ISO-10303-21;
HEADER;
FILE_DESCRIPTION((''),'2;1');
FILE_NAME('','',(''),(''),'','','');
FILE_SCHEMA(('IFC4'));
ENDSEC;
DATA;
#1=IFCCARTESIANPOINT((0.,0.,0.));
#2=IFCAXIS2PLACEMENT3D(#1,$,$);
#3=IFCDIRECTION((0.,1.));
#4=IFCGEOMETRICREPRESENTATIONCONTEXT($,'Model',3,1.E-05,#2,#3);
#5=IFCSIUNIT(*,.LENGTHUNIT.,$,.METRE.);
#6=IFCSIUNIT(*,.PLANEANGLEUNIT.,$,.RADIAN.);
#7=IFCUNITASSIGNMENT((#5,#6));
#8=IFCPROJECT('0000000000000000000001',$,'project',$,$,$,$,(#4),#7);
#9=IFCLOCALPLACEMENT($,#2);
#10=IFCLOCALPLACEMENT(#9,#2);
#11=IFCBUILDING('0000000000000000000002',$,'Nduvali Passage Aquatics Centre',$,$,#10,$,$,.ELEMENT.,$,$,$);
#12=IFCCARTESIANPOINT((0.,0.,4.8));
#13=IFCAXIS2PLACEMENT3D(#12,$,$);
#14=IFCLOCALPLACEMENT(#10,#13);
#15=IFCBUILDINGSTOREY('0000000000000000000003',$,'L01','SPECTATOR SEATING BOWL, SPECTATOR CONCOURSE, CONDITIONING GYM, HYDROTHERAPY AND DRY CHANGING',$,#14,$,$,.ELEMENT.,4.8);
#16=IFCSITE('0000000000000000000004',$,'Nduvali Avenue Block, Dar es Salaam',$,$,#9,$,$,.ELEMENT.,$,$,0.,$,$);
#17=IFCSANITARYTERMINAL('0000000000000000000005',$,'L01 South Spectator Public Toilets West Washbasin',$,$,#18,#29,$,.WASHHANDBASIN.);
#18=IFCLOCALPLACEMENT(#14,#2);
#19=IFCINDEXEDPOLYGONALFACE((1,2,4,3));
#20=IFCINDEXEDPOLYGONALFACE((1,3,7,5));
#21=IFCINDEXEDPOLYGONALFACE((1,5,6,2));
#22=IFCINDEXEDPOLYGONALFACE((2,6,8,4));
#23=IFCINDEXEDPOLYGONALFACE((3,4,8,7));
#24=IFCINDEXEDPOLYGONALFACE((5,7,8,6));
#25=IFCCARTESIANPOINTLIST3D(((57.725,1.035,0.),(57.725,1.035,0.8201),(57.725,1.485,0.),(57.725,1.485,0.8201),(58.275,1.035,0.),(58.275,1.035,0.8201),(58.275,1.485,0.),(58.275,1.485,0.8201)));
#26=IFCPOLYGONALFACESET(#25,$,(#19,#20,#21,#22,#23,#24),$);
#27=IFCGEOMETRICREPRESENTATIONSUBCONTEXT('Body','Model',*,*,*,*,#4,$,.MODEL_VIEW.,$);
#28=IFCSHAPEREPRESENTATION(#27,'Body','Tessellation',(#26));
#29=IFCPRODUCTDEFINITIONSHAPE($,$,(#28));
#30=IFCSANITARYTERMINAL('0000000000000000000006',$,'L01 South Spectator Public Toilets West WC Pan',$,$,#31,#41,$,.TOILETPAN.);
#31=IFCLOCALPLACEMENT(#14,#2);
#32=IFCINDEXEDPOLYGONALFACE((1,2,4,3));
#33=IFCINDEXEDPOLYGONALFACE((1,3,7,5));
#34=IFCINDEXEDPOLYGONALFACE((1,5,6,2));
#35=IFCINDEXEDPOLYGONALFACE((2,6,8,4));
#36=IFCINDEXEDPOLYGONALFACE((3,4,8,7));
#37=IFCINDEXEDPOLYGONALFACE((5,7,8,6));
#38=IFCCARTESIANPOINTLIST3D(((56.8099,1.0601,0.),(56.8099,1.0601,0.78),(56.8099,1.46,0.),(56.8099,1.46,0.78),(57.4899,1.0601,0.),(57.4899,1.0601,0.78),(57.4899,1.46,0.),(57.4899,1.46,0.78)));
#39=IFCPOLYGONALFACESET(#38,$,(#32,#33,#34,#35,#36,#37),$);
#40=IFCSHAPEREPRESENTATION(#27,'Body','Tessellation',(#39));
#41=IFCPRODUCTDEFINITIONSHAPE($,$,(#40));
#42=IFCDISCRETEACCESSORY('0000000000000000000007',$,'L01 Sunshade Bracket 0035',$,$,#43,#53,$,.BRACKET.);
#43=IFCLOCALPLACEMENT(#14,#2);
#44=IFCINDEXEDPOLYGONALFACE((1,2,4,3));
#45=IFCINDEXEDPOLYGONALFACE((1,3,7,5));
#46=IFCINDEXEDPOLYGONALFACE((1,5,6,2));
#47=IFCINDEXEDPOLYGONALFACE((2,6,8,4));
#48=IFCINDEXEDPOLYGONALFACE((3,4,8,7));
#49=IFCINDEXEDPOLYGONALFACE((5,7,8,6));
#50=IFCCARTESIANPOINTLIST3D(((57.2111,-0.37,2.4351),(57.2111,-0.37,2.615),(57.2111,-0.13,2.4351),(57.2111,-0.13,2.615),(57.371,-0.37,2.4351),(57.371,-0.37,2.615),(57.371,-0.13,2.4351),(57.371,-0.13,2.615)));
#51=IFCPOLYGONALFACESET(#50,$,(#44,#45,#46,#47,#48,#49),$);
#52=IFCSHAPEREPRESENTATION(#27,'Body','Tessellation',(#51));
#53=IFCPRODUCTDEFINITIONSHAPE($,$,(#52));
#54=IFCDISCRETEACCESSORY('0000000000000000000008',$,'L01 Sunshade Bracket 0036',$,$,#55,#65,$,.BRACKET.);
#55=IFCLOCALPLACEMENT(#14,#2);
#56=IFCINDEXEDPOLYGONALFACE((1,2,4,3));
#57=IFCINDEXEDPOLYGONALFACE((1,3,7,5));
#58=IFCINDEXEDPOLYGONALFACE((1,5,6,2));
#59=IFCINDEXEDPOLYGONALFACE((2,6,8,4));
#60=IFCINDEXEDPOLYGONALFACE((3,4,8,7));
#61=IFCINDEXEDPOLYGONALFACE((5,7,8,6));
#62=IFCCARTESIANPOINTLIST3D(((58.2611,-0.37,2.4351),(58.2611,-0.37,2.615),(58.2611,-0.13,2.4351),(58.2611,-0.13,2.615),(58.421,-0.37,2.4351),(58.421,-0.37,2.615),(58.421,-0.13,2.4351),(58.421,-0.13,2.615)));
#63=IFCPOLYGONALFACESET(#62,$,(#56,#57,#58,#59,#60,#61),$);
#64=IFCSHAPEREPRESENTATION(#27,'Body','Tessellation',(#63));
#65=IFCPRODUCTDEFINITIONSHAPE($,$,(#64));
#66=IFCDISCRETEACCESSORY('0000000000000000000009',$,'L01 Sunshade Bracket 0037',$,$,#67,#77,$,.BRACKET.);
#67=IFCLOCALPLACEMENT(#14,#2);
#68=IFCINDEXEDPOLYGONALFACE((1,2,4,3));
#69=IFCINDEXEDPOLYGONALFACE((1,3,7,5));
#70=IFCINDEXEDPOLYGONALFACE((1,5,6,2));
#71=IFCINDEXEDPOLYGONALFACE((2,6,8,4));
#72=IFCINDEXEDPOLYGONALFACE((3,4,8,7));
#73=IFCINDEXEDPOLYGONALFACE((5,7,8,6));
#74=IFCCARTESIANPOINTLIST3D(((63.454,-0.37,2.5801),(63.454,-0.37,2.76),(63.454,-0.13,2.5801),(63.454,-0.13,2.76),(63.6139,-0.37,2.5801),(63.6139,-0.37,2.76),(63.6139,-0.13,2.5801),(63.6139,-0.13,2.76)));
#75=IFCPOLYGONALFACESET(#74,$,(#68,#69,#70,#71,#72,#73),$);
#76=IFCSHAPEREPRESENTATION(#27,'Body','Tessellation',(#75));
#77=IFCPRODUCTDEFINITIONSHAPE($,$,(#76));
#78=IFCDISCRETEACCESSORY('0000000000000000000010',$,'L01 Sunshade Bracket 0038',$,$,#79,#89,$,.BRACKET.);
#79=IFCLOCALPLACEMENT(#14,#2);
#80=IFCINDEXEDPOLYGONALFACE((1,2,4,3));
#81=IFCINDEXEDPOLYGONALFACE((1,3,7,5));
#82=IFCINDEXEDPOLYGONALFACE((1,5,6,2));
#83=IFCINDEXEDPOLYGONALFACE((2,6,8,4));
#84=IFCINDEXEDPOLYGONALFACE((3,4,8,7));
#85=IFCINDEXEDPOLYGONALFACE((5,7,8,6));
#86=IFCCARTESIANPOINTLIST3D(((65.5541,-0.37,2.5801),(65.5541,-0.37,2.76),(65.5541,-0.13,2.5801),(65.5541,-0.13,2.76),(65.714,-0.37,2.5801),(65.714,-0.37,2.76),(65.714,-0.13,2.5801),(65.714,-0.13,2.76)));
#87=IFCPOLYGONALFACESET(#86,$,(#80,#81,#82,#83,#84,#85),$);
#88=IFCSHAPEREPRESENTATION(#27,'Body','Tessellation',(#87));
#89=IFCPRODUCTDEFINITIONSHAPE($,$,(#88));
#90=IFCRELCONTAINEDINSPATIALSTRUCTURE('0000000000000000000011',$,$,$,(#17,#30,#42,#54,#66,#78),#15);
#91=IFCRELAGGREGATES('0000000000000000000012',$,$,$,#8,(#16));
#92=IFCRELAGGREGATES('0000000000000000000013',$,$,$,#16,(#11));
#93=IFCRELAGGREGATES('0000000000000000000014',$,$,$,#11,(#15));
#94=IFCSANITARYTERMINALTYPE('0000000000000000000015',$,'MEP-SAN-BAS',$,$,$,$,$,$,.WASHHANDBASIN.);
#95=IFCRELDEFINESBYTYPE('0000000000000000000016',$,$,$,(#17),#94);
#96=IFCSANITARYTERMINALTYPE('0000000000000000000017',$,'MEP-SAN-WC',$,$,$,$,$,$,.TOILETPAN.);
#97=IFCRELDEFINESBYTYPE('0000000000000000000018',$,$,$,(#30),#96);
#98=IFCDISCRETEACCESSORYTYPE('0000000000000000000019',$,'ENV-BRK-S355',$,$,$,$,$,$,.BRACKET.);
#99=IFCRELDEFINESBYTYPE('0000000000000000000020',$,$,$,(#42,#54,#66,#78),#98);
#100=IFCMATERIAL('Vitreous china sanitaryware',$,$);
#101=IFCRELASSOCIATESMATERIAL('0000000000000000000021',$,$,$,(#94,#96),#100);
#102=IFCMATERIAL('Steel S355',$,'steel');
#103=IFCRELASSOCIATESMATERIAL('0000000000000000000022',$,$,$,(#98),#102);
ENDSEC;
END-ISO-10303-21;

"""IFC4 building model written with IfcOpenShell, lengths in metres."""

from ifc_helpers import new_model, si_unit, direction, frame, origin, origin_2d, place, context, subcontext, project, spatial, rectangle, extrude, material, type_object, element, save


model = new_model("IFC4")

# Units and contexts
model_context = context("Model", 3, precision=1e-05, world=origin(), true_north=direction((0.0, 1.0)))
body_context = subcontext(model_context, "Body", "Model", "MODEL_VIEW")
ifc_project = project(units=[si_unit("LENGTHUNIT", "METRE"), si_unit("PLANEANGLEUNIT", "RADIAN")], contexts=[model_context])

# Site, building, storey
site_placement = place(None, origin())
site = spatial("IfcSite", under=ifc_project, at=site_placement, Name="Nduvali Avenue Block, Dar es Salaam", CompositionType="ELEMENT", RefElevation=0.0)
building_placement = place(site_placement, origin())
building = spatial("IfcBuilding", under=site, at=building_placement, Name="Nduvali Passage Aquatics Centre", CompositionType="ELEMENT")
storey_placement = place(building_placement, frame((0.0, 0.0, 4.8)))
storey = spatial("IfcBuildingStorey", under=building, at=storey_placement, Name="L01", Description="SPECTATOR SEATING BOWL, SPECTATOR CONCOURSE, CONDITIONING GYM, HYDROTHERAPY AND DRY CHANGING", CompositionType="ELEMENT", Elevation=4.8)

# Shared definitions
ifc_material_1 = material(Name="Steel S355", Category="steel")

# Sanitary terminals
ifc_material_2 = material(Name="Vitreous china sanitaryware")
sanitary_terminal_type_1 = type_object("IfcSanitaryTerminalType", Name="MEP-SAN-BAS", PredefinedType="WASHHANDBASIN", material=ifc_material_2)
sanitary_terminal_1_placement = place(storey_placement, frame((58.0, 1.26, 0.0), z_axis=(0.0, 0.0, 1.0), x_axis=(1.0, 0.0, 0.0)))
element("IfcSanitaryTerminal", 1, at=sanitary_terminal_1_placement, inside=storey, type_object=sanitary_terminal_type_1, Name="L01 South Spectator Public Toilets West Washbasin", PredefinedType="WASHHANDBASIN", context=body_context, shape_type="SweptSolid", body=[
    extrude(rectangle(XDim=0.55, YDim=0.45, at=origin_2d()), origin(), (0.0, 0.0, 1.0), 0.8201),
])
sanitary_terminal_type_2 = type_object("IfcSanitaryTerminalType", Name="MEP-SAN-WC", PredefinedType="TOILETPAN", material=ifc_material_2)
sanitary_terminal_2_placement = place(storey_placement, frame((57.1499, 1.26, 0.0), z_axis=(0.0, 0.0, 1.0), x_axis=(1.0, 0.0, 0.0)))
element("IfcSanitaryTerminal", 2, at=sanitary_terminal_2_placement, inside=storey, type_object=sanitary_terminal_type_2, Name="L01 South Spectator Public Toilets West WC Pan", PredefinedType="TOILETPAN", context=body_context, shape_type="SweptSolid", body=[
    extrude(rectangle(XDim=0.6799, YDim=0.3999, at=origin_2d()), origin(), (0.0, 0.0, 1.0), 0.78),
])

# Discrete accessories
discrete_accessory_type = type_object("IfcDiscreteAccessoryType", Name="ENV-BRK-S355", PredefinedType="BRACKET", material=ifc_material_1)
for number, where, z_axis, x_axis, name in (
    (3, (57.291, -0.25, 2.4351), (0.0, 0.0, 1.0), (1.0, 0.0, 0.0), "L01 Sunshade Bracket 0035"),
    (4, (58.3411, -0.25, 2.4351), (0.0, 0.0, 1.0), (1.0, 0.0, 0.0), "L01 Sunshade Bracket 0036"),
    (5, (63.5339, -0.25, 2.5801), (0.0, 0.0, 1.0), (1.0, 0.0, 0.0), "L01 Sunshade Bracket 0037"),
    (6, (65.634, -0.25, 2.5801), (0.0, 0.0, 1.0), (1.0, 0.0, 0.0), "L01 Sunshade Bracket 0038"),
):
    element("IfcDiscreteAccessory", number, at=place(storey_placement, frame(where, z_axis=z_axis, x_axis=x_axis)), inside=storey, type_object=discrete_accessory_type, Name=name, PredefinedType="BRACKET", context=body_context, shape_type="SweptSolid", body=[
        extrude(rectangle(XDim=0.1599, YDim=0.24, at=origin_2d()), origin(), (0.0, 0.0, 1.0), 0.1799),
    ])

save(model, "model.ifc")
